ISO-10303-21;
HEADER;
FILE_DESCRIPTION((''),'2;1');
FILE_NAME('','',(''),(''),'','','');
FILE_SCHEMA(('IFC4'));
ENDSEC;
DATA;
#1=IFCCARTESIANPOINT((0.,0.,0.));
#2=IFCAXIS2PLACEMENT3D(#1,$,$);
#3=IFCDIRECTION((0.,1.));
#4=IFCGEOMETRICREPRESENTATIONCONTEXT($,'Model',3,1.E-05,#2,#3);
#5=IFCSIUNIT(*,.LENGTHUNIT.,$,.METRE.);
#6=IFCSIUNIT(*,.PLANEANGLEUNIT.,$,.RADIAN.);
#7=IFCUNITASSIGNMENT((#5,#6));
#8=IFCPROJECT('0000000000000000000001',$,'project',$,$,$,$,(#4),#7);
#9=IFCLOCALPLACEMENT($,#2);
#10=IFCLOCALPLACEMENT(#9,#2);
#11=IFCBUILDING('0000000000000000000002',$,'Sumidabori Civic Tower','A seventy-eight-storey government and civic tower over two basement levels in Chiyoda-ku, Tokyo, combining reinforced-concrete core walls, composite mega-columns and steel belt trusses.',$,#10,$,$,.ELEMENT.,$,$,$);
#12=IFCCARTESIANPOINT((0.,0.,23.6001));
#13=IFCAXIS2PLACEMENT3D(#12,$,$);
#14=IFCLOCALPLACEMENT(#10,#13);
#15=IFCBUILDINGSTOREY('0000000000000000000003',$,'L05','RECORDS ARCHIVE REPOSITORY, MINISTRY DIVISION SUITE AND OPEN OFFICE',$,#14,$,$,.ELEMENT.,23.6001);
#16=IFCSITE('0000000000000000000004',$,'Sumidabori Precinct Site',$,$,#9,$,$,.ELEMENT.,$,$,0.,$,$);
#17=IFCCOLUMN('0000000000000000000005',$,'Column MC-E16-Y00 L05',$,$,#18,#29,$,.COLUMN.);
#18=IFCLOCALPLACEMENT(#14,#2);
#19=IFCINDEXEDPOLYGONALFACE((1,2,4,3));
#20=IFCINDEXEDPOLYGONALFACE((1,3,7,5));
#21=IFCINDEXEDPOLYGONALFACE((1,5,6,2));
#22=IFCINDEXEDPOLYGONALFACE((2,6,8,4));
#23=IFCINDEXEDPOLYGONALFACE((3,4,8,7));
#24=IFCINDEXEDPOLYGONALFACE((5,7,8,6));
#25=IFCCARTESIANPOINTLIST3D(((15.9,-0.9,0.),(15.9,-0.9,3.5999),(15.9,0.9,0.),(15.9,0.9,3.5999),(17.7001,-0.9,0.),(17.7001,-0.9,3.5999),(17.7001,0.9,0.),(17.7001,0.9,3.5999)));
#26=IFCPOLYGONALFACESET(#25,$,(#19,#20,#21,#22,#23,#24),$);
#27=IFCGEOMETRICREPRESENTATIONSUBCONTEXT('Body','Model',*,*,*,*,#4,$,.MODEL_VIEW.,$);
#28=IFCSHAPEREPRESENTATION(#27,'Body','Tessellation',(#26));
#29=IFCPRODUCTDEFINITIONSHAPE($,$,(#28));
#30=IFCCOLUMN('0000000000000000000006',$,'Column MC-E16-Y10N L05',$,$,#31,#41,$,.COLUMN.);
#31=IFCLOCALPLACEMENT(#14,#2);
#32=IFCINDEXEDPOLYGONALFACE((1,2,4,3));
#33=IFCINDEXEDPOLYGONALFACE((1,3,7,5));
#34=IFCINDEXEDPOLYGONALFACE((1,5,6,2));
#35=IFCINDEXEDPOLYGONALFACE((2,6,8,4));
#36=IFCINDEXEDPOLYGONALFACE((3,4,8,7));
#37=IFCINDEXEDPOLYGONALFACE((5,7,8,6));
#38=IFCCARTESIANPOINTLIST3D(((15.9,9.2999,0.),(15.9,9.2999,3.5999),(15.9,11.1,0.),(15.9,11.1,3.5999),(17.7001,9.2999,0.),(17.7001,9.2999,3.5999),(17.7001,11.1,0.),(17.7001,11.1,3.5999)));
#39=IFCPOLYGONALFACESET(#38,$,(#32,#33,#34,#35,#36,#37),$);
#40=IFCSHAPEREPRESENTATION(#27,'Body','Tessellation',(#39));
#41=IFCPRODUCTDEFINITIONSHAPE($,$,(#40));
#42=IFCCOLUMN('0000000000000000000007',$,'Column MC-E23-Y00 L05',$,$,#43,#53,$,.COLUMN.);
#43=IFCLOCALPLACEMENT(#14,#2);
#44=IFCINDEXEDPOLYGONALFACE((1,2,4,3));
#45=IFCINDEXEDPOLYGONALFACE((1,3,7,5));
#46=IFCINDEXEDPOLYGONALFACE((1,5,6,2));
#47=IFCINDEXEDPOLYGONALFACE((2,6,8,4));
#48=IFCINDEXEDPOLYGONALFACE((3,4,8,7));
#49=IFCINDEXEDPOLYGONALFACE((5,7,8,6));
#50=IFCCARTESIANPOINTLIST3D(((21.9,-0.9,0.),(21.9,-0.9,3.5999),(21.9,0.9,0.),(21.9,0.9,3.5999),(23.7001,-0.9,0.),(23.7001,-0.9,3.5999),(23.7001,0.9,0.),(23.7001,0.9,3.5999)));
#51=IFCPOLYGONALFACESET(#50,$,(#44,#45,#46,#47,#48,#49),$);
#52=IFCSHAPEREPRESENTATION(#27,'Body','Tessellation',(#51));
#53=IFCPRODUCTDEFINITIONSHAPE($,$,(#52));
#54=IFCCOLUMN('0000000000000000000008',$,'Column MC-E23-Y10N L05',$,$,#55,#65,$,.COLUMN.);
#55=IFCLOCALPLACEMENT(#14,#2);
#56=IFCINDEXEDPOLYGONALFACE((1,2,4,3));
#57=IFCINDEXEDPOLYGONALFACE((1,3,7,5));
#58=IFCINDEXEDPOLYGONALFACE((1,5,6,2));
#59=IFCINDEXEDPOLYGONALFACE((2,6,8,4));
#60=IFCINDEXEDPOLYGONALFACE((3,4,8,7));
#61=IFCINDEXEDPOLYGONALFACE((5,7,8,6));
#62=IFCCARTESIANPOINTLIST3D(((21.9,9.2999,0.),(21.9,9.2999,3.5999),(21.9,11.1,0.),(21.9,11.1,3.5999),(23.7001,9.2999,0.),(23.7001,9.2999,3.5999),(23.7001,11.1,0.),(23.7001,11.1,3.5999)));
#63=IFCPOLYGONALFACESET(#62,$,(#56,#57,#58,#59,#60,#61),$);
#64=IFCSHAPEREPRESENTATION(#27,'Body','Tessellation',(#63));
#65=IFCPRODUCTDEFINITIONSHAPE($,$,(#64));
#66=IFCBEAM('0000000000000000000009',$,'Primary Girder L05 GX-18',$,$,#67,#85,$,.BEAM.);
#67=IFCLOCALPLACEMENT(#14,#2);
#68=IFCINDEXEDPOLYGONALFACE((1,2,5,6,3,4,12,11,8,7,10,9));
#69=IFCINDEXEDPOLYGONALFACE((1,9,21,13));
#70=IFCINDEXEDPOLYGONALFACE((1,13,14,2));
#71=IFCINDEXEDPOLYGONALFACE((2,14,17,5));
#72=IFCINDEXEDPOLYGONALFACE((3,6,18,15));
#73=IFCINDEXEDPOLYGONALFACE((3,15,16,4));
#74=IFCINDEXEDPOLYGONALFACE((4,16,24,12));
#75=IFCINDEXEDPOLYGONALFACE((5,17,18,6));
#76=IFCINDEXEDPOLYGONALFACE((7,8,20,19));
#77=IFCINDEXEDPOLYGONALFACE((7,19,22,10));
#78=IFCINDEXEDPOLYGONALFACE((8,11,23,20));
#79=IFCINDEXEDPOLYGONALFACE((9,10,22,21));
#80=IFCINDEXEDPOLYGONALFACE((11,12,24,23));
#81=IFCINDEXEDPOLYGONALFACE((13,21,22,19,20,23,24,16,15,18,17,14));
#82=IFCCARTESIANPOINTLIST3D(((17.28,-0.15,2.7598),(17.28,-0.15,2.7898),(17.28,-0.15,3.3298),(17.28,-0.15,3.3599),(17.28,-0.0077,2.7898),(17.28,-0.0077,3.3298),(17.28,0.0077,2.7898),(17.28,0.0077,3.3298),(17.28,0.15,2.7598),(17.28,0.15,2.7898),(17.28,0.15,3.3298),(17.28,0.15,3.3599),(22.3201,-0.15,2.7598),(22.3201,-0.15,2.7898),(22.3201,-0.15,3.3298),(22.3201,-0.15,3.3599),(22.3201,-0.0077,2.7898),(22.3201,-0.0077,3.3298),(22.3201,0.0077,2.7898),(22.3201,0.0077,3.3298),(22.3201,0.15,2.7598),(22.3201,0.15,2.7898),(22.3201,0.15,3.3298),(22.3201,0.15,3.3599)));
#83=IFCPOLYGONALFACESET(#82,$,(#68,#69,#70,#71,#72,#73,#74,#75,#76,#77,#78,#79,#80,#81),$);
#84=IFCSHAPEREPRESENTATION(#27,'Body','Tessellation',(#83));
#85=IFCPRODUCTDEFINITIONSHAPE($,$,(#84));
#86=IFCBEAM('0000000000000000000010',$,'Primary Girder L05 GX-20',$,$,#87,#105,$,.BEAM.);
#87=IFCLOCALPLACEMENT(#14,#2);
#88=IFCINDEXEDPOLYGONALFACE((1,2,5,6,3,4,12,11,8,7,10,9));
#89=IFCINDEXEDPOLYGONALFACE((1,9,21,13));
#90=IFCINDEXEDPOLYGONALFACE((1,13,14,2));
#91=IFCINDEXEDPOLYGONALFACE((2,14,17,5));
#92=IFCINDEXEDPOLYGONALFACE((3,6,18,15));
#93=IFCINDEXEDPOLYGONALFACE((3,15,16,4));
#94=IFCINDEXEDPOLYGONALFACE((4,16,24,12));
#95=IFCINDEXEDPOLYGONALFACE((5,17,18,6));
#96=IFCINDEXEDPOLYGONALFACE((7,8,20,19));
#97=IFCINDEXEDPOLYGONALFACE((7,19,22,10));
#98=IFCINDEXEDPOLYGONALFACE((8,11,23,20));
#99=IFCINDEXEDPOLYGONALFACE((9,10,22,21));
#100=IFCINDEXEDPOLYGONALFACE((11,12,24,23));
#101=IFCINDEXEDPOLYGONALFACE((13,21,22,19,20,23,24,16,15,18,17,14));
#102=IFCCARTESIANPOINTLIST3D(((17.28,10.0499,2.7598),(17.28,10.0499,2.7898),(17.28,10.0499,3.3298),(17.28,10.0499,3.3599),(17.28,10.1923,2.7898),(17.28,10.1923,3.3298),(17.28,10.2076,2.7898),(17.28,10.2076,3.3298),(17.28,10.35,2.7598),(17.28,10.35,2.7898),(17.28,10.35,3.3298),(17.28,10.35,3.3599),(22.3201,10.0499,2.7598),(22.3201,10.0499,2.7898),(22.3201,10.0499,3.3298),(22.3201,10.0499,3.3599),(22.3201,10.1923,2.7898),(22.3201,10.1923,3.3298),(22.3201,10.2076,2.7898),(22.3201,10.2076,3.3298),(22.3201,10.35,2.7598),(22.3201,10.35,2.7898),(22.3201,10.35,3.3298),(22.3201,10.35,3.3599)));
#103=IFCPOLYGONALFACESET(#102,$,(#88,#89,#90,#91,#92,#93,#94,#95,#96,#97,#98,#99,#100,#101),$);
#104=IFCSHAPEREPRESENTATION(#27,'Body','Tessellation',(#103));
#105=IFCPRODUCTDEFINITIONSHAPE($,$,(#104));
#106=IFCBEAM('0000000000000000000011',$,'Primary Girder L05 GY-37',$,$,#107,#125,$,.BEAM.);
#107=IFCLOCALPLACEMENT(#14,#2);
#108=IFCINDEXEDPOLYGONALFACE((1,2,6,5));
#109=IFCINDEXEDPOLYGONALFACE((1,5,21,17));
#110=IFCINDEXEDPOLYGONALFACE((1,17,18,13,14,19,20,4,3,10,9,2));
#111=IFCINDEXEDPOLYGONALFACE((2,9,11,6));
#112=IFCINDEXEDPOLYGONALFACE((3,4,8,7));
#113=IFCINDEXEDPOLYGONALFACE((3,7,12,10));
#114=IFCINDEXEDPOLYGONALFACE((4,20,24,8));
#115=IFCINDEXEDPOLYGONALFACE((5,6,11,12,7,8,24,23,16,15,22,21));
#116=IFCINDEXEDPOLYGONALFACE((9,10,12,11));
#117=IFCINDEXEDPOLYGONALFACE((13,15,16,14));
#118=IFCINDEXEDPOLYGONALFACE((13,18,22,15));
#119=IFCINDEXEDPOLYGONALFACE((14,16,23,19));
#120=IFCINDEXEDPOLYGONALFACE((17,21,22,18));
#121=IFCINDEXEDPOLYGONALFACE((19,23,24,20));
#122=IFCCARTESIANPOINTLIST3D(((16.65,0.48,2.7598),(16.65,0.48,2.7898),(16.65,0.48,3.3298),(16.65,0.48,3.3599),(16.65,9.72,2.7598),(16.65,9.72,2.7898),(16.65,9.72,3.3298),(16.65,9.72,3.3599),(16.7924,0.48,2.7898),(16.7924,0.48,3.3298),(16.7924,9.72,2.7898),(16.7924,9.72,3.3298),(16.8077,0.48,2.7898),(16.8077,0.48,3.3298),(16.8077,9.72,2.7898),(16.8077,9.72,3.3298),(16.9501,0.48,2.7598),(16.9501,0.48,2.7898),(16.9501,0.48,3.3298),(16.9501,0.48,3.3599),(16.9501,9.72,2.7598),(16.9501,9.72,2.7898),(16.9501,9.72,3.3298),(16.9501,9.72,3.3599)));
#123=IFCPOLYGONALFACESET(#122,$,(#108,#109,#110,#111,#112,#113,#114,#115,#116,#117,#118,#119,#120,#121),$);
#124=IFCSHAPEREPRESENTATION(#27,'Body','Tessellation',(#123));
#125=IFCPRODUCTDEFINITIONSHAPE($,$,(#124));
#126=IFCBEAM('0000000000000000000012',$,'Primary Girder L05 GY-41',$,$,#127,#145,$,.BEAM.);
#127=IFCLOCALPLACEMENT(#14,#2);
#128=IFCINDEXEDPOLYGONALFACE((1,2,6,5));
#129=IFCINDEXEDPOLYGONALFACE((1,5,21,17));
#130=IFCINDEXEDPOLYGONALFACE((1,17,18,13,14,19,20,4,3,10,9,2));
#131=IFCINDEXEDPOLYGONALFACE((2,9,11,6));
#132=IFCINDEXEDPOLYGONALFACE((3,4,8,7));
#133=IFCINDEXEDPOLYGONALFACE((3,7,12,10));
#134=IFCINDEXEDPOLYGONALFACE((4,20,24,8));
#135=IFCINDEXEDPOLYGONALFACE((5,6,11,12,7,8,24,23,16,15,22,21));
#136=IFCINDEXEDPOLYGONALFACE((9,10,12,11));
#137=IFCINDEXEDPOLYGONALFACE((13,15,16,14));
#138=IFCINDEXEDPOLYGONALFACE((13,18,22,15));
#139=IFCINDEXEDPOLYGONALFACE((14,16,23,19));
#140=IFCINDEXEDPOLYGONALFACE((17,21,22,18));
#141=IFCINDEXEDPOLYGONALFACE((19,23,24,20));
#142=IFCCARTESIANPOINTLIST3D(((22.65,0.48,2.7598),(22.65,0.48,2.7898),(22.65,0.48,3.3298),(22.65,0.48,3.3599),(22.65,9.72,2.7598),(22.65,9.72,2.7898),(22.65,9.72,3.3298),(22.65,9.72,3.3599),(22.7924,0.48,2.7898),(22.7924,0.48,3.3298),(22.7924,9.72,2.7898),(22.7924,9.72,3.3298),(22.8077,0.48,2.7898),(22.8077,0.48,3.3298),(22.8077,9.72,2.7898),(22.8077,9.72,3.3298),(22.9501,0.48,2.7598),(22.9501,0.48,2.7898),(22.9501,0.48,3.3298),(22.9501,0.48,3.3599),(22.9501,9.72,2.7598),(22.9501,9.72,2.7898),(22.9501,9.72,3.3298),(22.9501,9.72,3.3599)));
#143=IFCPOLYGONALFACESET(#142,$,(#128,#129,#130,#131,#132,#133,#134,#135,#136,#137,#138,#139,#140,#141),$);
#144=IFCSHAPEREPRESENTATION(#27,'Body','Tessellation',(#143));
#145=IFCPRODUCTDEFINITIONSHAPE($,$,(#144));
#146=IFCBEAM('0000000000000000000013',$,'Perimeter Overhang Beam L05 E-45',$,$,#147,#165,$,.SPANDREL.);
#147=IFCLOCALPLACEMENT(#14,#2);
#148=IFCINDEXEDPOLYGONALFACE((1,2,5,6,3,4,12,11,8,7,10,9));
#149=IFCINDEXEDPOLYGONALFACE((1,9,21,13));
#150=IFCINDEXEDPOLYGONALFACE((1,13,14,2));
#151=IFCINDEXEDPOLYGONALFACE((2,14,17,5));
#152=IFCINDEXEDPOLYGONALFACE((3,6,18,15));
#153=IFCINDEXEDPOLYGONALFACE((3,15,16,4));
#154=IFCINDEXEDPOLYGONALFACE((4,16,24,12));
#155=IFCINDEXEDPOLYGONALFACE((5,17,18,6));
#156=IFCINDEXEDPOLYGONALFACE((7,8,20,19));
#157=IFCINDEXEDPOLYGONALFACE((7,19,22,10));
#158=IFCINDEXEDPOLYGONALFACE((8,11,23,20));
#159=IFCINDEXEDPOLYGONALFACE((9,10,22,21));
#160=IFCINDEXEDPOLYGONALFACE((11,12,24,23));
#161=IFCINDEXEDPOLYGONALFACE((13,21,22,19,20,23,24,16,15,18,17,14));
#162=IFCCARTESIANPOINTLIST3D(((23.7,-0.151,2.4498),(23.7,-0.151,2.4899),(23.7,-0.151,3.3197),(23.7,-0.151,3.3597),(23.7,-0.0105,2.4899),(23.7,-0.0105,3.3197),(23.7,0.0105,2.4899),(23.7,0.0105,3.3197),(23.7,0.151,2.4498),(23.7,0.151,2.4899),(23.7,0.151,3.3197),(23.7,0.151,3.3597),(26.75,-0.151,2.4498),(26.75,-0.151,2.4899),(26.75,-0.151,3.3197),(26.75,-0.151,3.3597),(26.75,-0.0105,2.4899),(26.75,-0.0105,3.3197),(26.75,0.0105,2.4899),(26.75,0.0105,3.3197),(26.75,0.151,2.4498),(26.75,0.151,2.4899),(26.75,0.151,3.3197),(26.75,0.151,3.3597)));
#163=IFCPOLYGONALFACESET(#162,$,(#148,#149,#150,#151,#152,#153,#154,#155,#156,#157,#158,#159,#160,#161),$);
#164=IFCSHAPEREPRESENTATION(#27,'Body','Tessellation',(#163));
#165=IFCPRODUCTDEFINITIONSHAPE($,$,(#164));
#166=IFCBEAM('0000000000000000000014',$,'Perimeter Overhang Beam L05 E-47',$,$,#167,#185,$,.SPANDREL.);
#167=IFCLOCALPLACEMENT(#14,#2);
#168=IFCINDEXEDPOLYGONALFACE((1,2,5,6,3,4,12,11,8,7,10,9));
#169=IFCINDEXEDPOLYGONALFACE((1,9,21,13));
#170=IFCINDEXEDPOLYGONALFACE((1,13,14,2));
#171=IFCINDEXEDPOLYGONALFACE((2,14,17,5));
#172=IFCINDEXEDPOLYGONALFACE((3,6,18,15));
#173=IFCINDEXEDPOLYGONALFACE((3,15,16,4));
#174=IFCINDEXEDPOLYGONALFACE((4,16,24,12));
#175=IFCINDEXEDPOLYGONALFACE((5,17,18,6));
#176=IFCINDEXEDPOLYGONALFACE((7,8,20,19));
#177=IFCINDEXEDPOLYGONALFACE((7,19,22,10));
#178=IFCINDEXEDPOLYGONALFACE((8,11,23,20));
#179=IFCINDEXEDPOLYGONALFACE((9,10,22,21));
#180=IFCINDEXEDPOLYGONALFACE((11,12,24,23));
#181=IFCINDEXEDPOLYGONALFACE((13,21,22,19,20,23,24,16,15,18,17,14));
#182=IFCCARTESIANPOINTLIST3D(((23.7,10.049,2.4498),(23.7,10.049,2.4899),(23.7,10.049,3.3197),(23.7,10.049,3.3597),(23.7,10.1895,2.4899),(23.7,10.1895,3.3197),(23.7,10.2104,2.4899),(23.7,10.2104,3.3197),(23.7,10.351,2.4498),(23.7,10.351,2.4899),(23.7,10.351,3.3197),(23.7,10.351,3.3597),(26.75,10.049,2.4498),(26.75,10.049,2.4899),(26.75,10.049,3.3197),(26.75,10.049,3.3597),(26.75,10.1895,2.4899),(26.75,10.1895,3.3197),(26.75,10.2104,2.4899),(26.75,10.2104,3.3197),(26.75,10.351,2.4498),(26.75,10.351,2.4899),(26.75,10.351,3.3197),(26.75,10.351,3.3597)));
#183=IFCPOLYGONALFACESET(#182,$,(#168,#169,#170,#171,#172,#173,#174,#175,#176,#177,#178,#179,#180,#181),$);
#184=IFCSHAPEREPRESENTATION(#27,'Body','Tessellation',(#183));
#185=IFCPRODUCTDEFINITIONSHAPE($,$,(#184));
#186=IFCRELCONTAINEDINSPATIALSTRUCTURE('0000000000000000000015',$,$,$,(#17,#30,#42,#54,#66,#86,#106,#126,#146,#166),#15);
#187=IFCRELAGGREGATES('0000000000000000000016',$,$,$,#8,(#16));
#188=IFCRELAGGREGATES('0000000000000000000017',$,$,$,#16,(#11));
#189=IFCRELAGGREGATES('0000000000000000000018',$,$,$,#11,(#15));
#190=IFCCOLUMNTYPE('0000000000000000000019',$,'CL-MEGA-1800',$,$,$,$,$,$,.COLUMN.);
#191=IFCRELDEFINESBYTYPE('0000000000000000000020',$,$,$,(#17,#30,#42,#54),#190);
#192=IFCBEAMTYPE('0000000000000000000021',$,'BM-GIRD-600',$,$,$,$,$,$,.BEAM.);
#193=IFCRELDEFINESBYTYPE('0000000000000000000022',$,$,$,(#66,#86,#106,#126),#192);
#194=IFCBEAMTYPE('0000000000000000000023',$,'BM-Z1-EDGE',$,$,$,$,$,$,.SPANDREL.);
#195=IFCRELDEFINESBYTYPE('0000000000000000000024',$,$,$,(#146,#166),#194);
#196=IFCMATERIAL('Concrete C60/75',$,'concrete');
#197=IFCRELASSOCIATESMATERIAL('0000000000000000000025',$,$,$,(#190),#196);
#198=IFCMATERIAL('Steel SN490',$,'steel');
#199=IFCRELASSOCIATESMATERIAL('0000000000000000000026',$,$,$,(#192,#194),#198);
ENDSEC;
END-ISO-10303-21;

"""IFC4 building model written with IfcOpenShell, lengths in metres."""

from ifc_helpers import new_model, si_unit, direction, frame, origin, origin_2d, place, context, subcontext, project, spatial, rectangle, i_section, extrude, source, transform, mapped, material, material_profile, profile_set, type_object, element, save


model = new_model("IFC4")

# Units and contexts
model_context = context("Model", 3, precision=1e-05, world=origin(), true_north=direction((0.0, 1.0)))
body_context = subcontext(model_context, "Body", "Model", "MODEL_VIEW")
ifc_project = project(units=[si_unit("LENGTHUNIT", "METRE"), si_unit("PLANEANGLEUNIT", "RADIAN")], contexts=[model_context])

# Site, building, storey
site_placement = place(None, origin())
site = spatial("IfcSite", under=ifc_project, at=site_placement, Name="Sumidabori Precinct Site", CompositionType="ELEMENT", RefElevation=0.0)
building_placement = place(site_placement, origin())
building = spatial("IfcBuilding", under=site, at=building_placement, Name="Sumidabori Civic Tower", Description="A seventy-eight-storey government and civic tower over two basement levels in Chiyoda-ku, Tokyo, combining reinforced-concrete core walls, composite mega-columns and steel belt trusses.", CompositionType="ELEMENT")
storey_placement = place(building_placement, frame((0.0, 0.0, 23.6001)))
storey = spatial("IfcBuildingStorey", under=building, at=storey_placement, Name="L05", Description="RECORDS ARCHIVE REPOSITORY, MINISTRY DIVISION SUITE AND OPEN OFFICE", CompositionType="ELEMENT", Elevation=23.6001)

# Columns
ifc_material_1 = material(Name="Concrete C60/75", Category="concrete")
ifc_material_profile_1 = material_profile(ifc_material_1, rectangle(XDim=1.8, YDim=1.8, at=origin_2d()), Name="RC 1800x1800")
ifc_profile_set_1 = profile_set([ifc_material_profile_1], Name="Concrete C60/75")
column_type = type_object("IfcColumnType", Name="CL-MEGA-1800", PredefinedType="COLUMN", material=ifc_profile_set_1)
shared_shape_1 = source(origin(), body_context, "Body", "SweptSolid", [
    extrude(rectangle(XDim=1.8, YDim=1.8, at=origin_2d()), origin(), (0.0, 0.0, 1.0), 3.5999),
])
for number, where, z_axis, x_axis, name in (
    (1, (16.8, 0.0, 0.0), (0.0, 0.0, 1.0), (1.0, 0.0, 0.0), "Column MC-E16-Y00 L05"),
    (2, (16.8, 10.2, 0.0), (0.0, 0.0, 1.0), (1.0, 0.0, 0.0), "Column MC-E16-Y10N L05"),
    (3, (22.8, 0.0, 0.0), (0.0, 0.0, 1.0), (1.0, 0.0, 0.0), "Column MC-E23-Y00 L05"),
    (4, (22.8, 10.2, 0.0), (0.0, 0.0, 1.0), (1.0, 0.0, 0.0), "Column MC-E23-Y10N L05"),
):
    element("IfcColumn", number, at=place(storey_placement, frame(where, z_axis=z_axis, x_axis=x_axis)), inside=storey, type_object=column_type, Name=name, PredefinedType="COLUMN", context=body_context, shape_type="MappedRepresentation", body=[
        mapped(shared_shape_1, transform((0.0, 0.0, 0.0), x_axis=(1.0, 0.0, 0.0), y_axis=(0.0, 1.0, 0.0), z_axis=(0.0, 0.0, 1.0), scale=1.0)),
    ])

# Beams
ifc_material_2 = material(Name="Steel SN490", Category="steel")
ifc_material_profile_2 = material_profile(ifc_material_2, i_section(OverallWidth=0.3, OverallDepth=0.6001, WebThickness=0.0154, FlangeThickness=0.03, at=origin_2d()), Name="HE 600 B")
ifc_profile_set_2 = profile_set([ifc_material_profile_2], Name="Steel SN490")
beam_type_1 = type_object("IfcBeamType", Name="BM-GIRD-600", PredefinedType="BEAM", material=ifc_profile_set_2)
shared_shape_2 = source(origin(), body_context, "Body", "SweptSolid", [
    extrude(i_section(OverallWidth=0.3, OverallDepth=0.6001, WebThickness=0.0154, FlangeThickness=0.03, at=origin_2d()), origin(), (0.0, 0.0, 1.0), 5.04),
])
for number, where, z_axis, x_axis, name in (
    (5, (17.28, 0.0, 3.0598), (1.0, 0.0, 0.0), (0.0, 1.0, 0.0), "Primary Girder L05 GX-18"),
    (6, (17.28, 10.2, 3.0598), (1.0, 0.0, 0.0), (0.0, 1.0, 0.0), "Primary Girder L05 GX-20"),
):
    element("IfcBeam", number, at=place(storey_placement, frame(where, z_axis=z_axis, x_axis=x_axis)), inside=storey, type_object=beam_type_1, Name=name, PredefinedType="BEAM", context=body_context, shape_type="MappedRepresentation", body=[
        mapped(shared_shape_2, transform((0.0, 0.0, 0.0), x_axis=(1.0, 0.0, 0.0), y_axis=(0.0, 1.0, 0.0), z_axis=(0.0, 0.0, 1.0), scale=1.0)),
    ])
shared_shape_3 = source(origin(), body_context, "Body", "SweptSolid", [
    extrude(i_section(OverallWidth=0.3, OverallDepth=0.6001, WebThickness=0.0154, FlangeThickness=0.03, at=origin_2d()), origin(), (0.0, 0.0, 1.0), 9.24),
])
for number, where, z_axis, x_axis, name in (
    (7, (16.8, 0.48, 3.0598), (0.0, 1.0, 0.0), (-1.0, 0.0, 0.0), "Primary Girder L05 GY-37"),
    (8, (22.8, 0.48, 3.0598), (0.0, 1.0, 0.0), (-1.0, 0.0, 0.0), "Primary Girder L05 GY-41"),
):
    element("IfcBeam", number, at=place(storey_placement, frame(where, z_axis=z_axis, x_axis=x_axis)), inside=storey, type_object=beam_type_1, Name=name, PredefinedType="BEAM", context=body_context, shape_type="MappedRepresentation", body=[
        mapped(shared_shape_3, transform((0.0, 0.0, 0.0), x_axis=(1.0, 0.0, 0.0), y_axis=(0.0, 1.0, 0.0), z_axis=(0.0, 0.0, 1.0), scale=1.0)),
    ])
ifc_material_profile_3 = material_profile(ifc_material_2, i_section(OverallWidth=0.302, OverallDepth=0.9099, WebThickness=0.021, FlangeThickness=0.04, at=origin_2d()), Name="HE 900 M")
ifc_profile_set_3 = profile_set([ifc_material_profile_3], Name="Steel SN490")
beam_type_2 = type_object("IfcBeamType", Name="BM-Z1-EDGE", PredefinedType="SPANDREL", material=ifc_profile_set_3)
shared_shape_4 = source(origin(), body_context, "Body", "SweptSolid", [
    extrude(i_section(OverallWidth=0.302, OverallDepth=0.9099, WebThickness=0.021, FlangeThickness=0.04, at=origin_2d()), origin(), (0.0, 0.0, 1.0), 3.05),
])
for number, where, z_axis, x_axis, name in (
    (9, (23.7, 0.0, 2.9048), (1.0, 0.0, 0.0), (0.0, 1.0, 0.0), "Perimeter Overhang Beam L05 E-45"),
    (10, (23.7, 10.2, 2.9048), (1.0, 0.0, 0.0), (0.0, 1.0, 0.0), "Perimeter Overhang Beam L05 E-47"),
):
    element("IfcBeam", number, at=place(storey_placement, frame(where, z_axis=z_axis, x_axis=x_axis)), inside=storey, type_object=beam_type_2, Name=name, PredefinedType="SPANDREL", context=body_context, shape_type="MappedRepresentation", body=[
        mapped(shared_shape_4, transform((0.0, 0.0, 0.0), x_axis=(1.0, 0.0, 0.0), y_axis=(0.0, 1.0, 0.0), z_axis=(0.0, 0.0, 1.0), scale=1.0)),
    ])

save(model, "model.ifc")
